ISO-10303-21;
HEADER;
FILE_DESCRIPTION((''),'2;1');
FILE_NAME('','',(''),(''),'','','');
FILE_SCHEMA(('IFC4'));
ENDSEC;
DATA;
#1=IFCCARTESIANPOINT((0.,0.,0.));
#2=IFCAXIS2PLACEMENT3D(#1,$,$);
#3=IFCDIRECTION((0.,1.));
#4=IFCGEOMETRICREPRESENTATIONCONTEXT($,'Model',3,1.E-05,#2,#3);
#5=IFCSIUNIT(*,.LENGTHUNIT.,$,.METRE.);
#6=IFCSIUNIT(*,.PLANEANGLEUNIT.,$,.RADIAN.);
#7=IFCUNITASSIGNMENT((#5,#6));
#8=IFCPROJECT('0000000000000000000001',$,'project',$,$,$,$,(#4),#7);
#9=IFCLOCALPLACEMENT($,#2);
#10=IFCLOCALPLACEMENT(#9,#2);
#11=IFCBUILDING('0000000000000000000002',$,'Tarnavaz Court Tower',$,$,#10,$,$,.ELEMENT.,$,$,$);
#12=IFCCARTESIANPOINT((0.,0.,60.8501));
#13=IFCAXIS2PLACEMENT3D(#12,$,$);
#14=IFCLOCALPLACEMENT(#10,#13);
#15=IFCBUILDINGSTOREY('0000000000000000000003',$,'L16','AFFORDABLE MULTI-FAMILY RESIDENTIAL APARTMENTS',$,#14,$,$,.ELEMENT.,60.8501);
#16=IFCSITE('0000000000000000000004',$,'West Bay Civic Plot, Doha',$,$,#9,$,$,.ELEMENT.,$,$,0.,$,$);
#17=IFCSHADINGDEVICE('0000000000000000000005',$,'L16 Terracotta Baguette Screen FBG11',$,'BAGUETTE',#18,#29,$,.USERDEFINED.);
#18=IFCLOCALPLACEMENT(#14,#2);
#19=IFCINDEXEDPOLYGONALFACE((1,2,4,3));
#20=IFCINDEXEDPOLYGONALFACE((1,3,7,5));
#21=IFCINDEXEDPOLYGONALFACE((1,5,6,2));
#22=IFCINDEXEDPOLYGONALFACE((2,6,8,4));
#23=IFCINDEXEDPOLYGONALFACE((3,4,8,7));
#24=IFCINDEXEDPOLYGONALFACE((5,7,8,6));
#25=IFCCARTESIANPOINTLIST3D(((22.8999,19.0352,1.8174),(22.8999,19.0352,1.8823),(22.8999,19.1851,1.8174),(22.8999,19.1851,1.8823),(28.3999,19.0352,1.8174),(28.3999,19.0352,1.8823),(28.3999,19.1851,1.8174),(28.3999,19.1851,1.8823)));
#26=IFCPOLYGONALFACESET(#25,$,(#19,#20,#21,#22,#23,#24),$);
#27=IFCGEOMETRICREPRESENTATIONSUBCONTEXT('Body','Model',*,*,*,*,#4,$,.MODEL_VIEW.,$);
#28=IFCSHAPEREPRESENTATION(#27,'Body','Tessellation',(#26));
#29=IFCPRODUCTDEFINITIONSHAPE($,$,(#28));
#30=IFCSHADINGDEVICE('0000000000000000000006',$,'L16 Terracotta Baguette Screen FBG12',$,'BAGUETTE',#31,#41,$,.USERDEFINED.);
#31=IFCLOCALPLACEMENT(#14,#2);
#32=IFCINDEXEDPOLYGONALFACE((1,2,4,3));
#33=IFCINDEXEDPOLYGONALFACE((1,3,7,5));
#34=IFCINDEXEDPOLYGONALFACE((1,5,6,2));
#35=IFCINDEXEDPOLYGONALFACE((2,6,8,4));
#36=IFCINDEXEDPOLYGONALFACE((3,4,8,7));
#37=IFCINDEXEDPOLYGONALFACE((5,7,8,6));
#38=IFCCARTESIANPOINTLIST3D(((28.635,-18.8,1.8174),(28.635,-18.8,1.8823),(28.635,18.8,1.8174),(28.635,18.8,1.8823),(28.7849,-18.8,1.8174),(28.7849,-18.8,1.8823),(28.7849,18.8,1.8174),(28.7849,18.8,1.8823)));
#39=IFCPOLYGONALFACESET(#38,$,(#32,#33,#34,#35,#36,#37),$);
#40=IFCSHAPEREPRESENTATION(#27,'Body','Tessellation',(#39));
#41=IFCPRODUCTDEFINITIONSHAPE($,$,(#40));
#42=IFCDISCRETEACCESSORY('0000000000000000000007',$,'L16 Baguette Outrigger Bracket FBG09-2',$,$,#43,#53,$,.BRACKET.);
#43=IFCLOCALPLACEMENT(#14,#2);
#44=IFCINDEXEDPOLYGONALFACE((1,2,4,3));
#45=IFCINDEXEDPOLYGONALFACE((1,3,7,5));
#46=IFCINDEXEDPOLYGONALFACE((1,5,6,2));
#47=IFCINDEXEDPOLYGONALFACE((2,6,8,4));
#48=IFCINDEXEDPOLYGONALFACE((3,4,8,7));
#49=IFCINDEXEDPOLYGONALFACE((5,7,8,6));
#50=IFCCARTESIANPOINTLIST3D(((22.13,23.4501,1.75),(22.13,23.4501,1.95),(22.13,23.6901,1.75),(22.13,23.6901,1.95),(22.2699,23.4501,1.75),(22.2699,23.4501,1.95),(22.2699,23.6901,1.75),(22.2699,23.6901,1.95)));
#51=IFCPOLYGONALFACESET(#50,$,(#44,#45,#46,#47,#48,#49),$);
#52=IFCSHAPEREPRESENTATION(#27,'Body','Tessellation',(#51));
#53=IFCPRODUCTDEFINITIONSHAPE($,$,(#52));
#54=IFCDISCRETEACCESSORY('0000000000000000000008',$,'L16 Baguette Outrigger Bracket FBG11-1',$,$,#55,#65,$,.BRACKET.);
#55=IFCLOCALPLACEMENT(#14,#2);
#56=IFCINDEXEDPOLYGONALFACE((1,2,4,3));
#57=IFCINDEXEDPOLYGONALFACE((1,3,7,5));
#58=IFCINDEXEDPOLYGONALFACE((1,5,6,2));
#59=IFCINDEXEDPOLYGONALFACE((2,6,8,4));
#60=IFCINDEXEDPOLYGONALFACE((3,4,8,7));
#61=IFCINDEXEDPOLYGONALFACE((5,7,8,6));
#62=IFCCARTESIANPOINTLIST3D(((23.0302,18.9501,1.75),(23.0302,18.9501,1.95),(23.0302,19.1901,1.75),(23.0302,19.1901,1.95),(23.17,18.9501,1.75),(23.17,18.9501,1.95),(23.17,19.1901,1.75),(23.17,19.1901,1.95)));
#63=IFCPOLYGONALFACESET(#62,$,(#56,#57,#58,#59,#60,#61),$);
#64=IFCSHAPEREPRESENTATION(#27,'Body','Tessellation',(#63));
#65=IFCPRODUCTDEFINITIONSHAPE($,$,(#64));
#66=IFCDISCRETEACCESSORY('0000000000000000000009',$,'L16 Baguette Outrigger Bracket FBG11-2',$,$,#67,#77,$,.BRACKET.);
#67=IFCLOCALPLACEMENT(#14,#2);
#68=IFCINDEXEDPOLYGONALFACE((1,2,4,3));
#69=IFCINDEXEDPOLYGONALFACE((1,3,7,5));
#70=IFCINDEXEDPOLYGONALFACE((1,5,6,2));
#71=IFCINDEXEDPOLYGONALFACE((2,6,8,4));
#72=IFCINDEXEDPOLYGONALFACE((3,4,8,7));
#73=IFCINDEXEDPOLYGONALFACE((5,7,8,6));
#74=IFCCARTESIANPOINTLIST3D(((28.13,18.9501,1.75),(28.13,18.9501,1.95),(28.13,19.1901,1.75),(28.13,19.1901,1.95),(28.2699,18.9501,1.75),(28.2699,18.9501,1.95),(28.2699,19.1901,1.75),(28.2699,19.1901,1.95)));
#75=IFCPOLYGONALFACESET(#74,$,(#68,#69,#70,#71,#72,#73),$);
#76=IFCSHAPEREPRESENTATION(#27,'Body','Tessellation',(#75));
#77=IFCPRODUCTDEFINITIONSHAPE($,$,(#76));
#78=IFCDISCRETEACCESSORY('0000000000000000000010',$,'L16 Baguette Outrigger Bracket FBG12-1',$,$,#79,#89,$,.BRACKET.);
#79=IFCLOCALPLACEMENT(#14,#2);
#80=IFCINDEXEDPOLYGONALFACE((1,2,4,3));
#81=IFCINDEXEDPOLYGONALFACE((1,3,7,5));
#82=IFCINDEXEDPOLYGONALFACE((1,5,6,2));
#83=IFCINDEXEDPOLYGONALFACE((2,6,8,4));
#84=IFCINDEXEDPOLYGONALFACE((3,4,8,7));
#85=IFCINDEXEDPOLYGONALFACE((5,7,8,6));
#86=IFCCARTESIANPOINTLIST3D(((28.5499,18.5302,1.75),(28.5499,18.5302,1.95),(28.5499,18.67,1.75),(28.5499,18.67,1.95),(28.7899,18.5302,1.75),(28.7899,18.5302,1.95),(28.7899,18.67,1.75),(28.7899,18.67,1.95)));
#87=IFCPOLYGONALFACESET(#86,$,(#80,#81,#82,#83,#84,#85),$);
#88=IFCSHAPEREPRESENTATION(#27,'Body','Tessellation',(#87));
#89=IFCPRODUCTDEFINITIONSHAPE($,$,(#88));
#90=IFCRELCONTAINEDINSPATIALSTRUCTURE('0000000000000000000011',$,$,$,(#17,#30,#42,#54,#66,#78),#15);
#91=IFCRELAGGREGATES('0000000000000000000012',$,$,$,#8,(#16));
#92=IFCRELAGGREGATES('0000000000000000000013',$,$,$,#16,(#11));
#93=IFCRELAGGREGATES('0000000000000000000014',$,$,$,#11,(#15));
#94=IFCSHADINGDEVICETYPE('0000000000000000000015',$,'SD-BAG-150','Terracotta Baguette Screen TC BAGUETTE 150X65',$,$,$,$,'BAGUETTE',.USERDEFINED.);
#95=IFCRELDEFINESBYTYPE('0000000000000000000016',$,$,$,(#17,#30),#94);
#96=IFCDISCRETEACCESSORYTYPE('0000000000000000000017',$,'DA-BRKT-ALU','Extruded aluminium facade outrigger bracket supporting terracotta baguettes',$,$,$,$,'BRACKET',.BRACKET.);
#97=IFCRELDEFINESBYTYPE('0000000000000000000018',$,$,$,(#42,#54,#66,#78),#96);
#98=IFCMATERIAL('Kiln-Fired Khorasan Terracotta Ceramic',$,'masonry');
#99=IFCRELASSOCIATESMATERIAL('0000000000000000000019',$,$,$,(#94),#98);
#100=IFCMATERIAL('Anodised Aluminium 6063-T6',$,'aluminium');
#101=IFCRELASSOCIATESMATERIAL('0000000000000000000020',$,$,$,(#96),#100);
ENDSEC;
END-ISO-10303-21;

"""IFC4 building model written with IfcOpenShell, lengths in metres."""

from ifc_helpers import new_model, si_unit, direction, frame, origin, origin_2d, place, context, subcontext, project, spatial, rectangle, extrude, material, material_profile, profile_set, type_object, element, save


model = new_model("IFC4")

# Units and contexts
model_context = context("Model", 3, precision=1e-05, world=origin(), true_north=direction((0.0, 1.0)))
body_context = subcontext(model_context, "Body", "Model", "MODEL_VIEW")
ifc_project = project(units=[si_unit("LENGTHUNIT", "METRE"), si_unit("PLANEANGLEUNIT", "RADIAN")], contexts=[model_context])

# Site, building, storey
site_placement = place(None, origin())
site = spatial("IfcSite", under=ifc_project, at=site_placement, Name="West Bay Civic Plot, Doha", CompositionType="ELEMENT", RefElevation=0.0)
building_placement = place(site_placement, origin())
building = spatial("IfcBuilding", under=site, at=building_placement, Name="Tarnavaz Court Tower", CompositionType="ELEMENT")
storey_placement = place(building_placement, frame((0.0, 0.0, 60.8501)))
storey = spatial("IfcBuildingStorey", under=building, at=storey_placement, Name="L16", Description="AFFORDABLE MULTI-FAMILY RESIDENTIAL APARTMENTS", CompositionType="ELEMENT", Elevation=60.8501)

# Shading devices
ifc_material_1 = material(Name="Kiln-Fired Khorasan Terracotta Ceramic", Category="masonry")
ifc_material_profile_1 = material_profile(ifc_material_1, rectangle(XDim=0.1499, YDim=0.0649, at=origin_2d()), Name="TC BAGUETTE 150X65")
ifc_profile_set_1 = profile_set([ifc_material_profile_1], Name="Kiln-Fired Khorasan Terracotta Ceramic")
shading_device_type = type_object("IfcShadingDeviceType", Name="SD-BAG-150", Description="Terracotta Baguette Screen TC BAGUETTE 150X65", ElementType="BAGUETTE", PredefinedType="USERDEFINED", material=ifc_profile_set_1)
shading_device_1_placement = place(storey_placement, frame((22.8999, 19.1101, 1.8499), z_axis=(1.0, 0.0, 0.0), x_axis=(0.0, 1.0, 0.0)))
element("IfcShadingDevice", 1, at=shading_device_1_placement, inside=storey, type_object=shading_device_type, Name="L16 Terracotta Baguette Screen FBG11", ObjectType="BAGUETTE", PredefinedType="USERDEFINED", context=body_context, shape_type="SweptSolid", body=[
    extrude(rectangle(XDim=0.1499, YDim=0.0649, at=origin_2d()), origin(), (0.0, 0.0, 1.0), 5.5),
])
shading_device_2_placement = place(storey_placement, frame((28.71, 18.8, 1.8499), z_axis=(0.0, -1.0, 0.0), x_axis=(1.0, 0.0, 0.0)))
element("IfcShadingDevice", 2, at=shading_device_2_placement, inside=storey, type_object=shading_device_type, Name="L16 Terracotta Baguette Screen FBG12", ObjectType="BAGUETTE", PredefinedType="USERDEFINED", context=body_context, shape_type="SweptSolid", body=[
    extrude(rectangle(XDim=0.1499, YDim=0.0649, at=origin_2d()), origin(), (0.0, 0.0, 1.0), 37.6001),
])

# Discrete accessories
ifc_material_2 = material(Name="Anodised Aluminium 6063-T6", Category="aluminium")
discrete_accessory_type = type_object("IfcDiscreteAccessoryType", Name="DA-BRKT-ALU", Description="Extruded aluminium facade outrigger bracket supporting terracotta baguettes", ElementType="BRACKET", PredefinedType="BRACKET", material=ifc_material_2)
for number, where, z_axis, x_axis, name in (
    (3, (22.2, 23.5701, 1.75), (0.0, 0.0, 1.0), (1.0, 0.0, 0.0), "L16 Baguette Outrigger Bracket FBG09-2"),
    (4, (23.1001, 19.0701, 1.75), (0.0, 0.0, 1.0), (1.0, 0.0, 0.0), "L16 Baguette Outrigger Bracket FBG11-1"),
    (5, (28.2, 19.0701, 1.75), (0.0, 0.0, 1.0), (1.0, 0.0, 0.0), "L16 Baguette Outrigger Bracket FBG11-2"),
    (6, (28.6699, 18.6001, 1.75), (0.0, 0.0, 1.0), (0.0, -1.0, 0.0), "L16 Baguette Outrigger Bracket FBG12-1"),
):
    element("IfcDiscreteAccessory", number, at=place(storey_placement, frame(where, z_axis=z_axis, x_axis=x_axis)), inside=storey, type_object=discrete_accessory_type, Name=name, PredefinedType="BRACKET", context=body_context, shape_type="SweptSolid", body=[
        extrude(rectangle(XDim=0.1399, YDim=0.24, at=origin_2d()), origin(), (0.0, 0.0, 1.0), 0.2),
    ])

save(model, "model.ifc")
